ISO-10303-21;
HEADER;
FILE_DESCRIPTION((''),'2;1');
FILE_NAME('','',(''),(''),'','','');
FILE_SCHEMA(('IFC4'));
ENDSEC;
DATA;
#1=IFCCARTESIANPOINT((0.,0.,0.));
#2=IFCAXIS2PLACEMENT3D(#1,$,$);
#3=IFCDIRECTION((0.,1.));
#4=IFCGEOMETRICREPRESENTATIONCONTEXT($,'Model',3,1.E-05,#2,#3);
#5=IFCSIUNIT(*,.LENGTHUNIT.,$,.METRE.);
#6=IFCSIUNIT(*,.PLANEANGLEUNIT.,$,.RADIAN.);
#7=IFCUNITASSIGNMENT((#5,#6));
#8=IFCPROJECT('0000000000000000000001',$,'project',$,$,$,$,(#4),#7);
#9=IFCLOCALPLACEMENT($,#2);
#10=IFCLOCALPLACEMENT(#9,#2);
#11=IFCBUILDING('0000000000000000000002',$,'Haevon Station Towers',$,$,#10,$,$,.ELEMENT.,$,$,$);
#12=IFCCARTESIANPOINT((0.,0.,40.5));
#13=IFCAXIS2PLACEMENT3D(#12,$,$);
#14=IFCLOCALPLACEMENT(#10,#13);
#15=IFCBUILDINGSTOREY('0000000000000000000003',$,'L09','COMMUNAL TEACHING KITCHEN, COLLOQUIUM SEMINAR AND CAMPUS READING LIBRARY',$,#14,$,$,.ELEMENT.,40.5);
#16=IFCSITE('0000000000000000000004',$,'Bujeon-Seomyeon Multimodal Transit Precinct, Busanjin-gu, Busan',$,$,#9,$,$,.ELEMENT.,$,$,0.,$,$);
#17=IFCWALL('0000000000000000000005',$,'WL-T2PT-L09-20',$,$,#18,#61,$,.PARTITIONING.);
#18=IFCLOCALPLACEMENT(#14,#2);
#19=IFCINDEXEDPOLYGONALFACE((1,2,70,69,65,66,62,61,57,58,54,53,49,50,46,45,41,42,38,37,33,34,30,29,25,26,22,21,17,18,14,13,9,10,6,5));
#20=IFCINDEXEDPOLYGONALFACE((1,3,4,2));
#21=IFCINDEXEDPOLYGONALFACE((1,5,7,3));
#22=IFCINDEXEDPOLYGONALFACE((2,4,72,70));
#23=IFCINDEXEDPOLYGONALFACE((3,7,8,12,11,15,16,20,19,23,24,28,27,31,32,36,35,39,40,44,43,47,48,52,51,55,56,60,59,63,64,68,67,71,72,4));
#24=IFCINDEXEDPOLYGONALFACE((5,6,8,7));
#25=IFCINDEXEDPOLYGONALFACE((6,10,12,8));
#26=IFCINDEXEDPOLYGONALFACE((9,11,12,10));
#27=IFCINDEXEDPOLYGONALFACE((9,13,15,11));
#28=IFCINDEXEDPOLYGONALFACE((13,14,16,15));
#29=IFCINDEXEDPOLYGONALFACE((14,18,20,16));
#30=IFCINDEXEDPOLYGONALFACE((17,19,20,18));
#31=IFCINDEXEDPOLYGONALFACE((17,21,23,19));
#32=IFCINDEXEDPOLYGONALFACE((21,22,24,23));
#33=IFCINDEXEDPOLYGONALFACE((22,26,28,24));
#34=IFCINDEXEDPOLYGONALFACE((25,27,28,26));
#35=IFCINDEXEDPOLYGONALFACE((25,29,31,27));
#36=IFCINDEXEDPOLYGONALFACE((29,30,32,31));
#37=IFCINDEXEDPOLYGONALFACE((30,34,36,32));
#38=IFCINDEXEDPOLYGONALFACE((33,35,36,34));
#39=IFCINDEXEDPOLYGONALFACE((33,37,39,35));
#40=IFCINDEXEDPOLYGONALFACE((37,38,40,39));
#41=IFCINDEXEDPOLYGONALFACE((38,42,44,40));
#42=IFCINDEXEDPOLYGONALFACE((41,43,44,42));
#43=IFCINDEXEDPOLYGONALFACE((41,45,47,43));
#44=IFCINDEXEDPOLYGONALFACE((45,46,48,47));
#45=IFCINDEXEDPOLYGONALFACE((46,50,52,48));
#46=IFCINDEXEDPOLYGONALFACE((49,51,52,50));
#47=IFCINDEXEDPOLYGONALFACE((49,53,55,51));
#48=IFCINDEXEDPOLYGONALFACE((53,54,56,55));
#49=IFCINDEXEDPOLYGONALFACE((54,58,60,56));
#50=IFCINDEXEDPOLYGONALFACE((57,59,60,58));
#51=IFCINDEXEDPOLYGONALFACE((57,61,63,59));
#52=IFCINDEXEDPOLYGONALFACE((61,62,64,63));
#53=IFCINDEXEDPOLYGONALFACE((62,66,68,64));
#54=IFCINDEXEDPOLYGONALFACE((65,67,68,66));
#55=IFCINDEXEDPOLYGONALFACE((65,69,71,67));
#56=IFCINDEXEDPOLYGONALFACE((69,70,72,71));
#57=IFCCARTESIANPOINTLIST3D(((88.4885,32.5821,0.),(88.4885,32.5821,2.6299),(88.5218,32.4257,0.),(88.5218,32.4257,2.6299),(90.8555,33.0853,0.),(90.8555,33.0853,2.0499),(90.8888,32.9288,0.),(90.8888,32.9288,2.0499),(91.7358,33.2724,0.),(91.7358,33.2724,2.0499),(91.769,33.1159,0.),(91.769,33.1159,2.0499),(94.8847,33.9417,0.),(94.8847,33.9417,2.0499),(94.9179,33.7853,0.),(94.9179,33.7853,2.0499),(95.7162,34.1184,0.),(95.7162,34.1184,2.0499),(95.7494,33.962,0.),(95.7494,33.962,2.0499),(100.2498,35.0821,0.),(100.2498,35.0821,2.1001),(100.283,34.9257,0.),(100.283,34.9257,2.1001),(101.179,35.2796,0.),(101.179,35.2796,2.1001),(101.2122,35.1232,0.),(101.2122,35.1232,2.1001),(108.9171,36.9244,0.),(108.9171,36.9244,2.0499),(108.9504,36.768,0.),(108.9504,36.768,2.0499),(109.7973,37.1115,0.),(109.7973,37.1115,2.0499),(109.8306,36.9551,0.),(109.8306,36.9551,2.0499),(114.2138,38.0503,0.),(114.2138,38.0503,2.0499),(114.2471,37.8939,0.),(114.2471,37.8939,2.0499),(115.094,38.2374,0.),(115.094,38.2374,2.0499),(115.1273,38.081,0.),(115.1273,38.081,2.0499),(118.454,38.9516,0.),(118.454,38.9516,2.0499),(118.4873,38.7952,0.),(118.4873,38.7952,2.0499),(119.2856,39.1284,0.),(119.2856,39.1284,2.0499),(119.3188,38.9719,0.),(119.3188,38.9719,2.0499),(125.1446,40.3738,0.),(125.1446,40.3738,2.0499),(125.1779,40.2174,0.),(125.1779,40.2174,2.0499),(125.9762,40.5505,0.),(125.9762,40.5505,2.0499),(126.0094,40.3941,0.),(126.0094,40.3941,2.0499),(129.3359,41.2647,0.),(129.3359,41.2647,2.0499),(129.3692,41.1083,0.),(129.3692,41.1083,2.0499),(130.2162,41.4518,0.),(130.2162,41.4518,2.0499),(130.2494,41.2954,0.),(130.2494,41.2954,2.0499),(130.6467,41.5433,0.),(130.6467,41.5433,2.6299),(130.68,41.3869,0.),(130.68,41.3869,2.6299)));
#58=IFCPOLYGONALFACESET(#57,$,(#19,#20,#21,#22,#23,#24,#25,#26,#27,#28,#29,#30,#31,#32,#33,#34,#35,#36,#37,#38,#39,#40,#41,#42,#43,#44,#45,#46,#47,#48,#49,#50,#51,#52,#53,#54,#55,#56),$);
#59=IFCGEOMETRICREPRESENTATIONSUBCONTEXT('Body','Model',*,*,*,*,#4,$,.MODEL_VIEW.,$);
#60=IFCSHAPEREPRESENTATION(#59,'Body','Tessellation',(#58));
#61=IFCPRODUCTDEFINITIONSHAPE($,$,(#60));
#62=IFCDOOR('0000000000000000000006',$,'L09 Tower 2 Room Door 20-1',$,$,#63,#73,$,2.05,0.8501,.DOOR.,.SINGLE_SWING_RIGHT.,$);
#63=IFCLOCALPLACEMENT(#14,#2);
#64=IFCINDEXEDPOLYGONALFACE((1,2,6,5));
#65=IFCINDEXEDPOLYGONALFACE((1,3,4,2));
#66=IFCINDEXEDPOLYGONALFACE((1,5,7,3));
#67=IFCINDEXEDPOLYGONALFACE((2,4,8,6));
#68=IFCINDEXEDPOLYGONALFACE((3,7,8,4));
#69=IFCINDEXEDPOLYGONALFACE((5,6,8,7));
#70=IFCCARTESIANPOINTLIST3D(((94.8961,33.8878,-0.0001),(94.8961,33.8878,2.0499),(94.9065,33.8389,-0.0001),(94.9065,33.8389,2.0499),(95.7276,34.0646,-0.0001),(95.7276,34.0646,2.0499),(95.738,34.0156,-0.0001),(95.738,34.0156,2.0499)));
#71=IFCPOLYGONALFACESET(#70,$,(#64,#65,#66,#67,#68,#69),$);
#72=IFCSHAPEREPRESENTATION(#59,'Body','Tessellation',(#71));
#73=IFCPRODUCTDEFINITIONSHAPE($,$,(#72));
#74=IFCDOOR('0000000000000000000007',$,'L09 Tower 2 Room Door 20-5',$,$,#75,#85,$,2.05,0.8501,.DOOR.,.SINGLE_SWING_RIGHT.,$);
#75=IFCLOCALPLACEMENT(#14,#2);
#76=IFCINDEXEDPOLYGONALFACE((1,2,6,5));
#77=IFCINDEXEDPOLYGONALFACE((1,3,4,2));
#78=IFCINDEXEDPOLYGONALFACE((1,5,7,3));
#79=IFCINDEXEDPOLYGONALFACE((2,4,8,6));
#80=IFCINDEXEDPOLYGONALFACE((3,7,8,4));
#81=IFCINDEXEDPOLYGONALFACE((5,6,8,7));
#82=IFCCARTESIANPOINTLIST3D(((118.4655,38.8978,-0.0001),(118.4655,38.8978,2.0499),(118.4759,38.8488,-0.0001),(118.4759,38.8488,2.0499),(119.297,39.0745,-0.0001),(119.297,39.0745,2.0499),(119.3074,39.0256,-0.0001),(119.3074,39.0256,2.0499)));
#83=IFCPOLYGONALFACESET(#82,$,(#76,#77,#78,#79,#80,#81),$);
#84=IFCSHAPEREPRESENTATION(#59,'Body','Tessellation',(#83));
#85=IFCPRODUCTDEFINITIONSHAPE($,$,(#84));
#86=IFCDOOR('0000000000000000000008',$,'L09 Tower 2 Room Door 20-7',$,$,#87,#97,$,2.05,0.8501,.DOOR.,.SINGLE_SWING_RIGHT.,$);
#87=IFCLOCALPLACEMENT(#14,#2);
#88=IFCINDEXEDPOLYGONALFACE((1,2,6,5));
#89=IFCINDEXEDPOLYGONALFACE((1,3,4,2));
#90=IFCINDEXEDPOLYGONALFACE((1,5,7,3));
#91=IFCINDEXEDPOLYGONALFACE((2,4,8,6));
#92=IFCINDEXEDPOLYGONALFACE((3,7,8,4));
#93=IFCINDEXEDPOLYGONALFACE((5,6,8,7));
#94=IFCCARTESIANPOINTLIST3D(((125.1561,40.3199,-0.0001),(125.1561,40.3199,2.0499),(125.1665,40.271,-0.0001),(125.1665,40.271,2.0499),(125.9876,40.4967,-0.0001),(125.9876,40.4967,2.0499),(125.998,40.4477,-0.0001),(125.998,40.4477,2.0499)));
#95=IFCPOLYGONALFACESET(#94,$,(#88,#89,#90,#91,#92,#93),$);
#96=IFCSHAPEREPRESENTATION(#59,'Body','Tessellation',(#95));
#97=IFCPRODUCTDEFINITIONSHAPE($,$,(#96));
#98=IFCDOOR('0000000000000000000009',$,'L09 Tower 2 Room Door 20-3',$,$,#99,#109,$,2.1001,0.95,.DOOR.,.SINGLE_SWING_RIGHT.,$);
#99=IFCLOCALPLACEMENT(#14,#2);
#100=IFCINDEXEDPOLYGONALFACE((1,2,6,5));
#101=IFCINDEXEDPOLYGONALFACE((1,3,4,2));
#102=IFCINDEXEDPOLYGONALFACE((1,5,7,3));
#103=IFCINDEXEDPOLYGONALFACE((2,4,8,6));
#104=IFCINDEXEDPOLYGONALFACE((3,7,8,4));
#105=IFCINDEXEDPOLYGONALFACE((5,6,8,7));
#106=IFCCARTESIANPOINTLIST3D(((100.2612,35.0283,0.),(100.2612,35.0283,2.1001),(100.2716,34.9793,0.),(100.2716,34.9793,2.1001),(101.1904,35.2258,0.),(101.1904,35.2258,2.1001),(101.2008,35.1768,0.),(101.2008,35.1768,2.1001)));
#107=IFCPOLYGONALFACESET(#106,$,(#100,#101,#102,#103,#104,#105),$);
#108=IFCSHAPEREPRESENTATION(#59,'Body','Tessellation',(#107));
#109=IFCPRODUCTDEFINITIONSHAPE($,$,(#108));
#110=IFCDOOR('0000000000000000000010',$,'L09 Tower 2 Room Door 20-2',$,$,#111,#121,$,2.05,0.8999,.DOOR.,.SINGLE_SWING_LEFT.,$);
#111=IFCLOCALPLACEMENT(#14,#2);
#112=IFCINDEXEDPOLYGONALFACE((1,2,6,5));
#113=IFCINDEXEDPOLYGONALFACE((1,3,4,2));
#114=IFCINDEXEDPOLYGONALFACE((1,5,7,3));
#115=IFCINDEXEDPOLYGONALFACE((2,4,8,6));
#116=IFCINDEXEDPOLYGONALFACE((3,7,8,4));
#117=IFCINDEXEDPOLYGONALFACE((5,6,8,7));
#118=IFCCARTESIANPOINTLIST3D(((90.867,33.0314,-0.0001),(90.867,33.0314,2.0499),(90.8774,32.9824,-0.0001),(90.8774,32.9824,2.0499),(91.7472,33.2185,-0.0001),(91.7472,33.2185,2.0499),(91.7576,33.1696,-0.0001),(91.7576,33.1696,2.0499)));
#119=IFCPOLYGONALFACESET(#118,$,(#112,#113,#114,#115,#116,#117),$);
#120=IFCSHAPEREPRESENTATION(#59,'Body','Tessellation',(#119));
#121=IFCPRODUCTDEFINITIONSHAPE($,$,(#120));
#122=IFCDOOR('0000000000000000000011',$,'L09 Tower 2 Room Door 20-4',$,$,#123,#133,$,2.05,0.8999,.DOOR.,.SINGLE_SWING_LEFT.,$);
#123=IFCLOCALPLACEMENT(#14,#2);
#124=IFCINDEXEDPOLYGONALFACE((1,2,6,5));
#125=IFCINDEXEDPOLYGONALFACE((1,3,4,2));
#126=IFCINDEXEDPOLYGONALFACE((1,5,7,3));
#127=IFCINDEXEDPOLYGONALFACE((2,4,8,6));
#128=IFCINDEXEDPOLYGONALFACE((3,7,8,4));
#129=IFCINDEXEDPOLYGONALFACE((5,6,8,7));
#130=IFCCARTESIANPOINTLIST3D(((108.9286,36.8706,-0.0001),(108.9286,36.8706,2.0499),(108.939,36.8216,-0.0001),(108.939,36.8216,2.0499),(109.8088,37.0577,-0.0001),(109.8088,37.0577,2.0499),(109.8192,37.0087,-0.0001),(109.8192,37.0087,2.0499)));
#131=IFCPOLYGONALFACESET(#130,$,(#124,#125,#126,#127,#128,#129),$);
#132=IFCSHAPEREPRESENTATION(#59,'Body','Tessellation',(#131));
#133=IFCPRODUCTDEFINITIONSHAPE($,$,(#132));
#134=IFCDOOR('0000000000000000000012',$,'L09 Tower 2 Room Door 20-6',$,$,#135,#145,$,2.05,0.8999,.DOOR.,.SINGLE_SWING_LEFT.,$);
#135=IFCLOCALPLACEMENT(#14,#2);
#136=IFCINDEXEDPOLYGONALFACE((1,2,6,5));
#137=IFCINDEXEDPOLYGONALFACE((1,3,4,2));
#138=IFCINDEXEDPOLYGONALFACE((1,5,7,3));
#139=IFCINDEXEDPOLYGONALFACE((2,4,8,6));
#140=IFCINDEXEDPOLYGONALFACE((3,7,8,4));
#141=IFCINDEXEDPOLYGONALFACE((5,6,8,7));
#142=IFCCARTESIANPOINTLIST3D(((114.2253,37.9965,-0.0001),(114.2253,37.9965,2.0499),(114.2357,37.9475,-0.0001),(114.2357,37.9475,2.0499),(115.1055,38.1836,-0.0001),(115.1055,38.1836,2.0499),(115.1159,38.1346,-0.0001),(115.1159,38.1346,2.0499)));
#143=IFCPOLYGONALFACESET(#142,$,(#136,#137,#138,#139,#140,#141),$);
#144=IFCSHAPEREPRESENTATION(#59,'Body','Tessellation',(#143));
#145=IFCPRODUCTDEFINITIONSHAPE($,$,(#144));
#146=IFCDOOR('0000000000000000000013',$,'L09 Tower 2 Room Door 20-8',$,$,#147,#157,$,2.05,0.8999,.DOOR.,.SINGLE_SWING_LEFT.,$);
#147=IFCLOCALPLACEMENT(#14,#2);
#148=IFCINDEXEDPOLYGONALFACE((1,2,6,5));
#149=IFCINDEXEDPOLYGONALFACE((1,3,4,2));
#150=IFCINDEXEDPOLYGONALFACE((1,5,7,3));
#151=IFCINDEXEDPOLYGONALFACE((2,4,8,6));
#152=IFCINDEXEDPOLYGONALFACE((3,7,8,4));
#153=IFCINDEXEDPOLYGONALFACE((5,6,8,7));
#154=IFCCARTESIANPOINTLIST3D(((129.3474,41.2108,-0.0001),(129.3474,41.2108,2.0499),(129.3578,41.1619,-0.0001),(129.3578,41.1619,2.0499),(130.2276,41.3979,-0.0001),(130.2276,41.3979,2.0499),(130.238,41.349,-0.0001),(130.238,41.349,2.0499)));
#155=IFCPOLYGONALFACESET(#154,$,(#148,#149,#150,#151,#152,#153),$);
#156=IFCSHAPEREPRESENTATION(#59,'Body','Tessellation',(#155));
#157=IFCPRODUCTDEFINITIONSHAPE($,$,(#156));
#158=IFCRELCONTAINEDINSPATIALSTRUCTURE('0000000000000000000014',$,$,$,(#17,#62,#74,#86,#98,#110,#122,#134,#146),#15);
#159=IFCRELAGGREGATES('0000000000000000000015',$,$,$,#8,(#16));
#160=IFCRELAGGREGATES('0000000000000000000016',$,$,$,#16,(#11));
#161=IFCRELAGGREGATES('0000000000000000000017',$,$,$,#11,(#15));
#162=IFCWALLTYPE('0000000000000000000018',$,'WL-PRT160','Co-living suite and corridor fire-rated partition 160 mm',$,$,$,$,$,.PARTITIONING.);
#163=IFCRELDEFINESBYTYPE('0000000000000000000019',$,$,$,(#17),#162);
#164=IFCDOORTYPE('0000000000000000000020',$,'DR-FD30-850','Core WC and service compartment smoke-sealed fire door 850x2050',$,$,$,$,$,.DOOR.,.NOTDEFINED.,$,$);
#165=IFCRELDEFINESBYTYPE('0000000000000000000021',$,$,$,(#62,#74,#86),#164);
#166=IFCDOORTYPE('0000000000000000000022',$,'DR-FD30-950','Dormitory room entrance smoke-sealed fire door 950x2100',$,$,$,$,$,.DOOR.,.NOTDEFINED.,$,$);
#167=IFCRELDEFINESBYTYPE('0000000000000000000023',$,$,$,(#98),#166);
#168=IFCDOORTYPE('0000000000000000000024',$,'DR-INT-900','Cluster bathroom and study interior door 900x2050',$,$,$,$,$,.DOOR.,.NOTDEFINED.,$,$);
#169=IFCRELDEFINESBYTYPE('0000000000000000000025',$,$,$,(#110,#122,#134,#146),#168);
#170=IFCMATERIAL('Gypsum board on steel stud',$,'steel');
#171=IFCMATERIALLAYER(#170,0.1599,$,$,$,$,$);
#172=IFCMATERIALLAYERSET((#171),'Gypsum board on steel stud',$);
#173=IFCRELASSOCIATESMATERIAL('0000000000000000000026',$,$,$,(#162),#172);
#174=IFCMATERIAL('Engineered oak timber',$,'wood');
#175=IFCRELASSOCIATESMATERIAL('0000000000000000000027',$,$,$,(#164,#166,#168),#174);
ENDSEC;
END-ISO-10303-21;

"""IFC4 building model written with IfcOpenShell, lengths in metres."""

from ifc_helpers import new_model, si_unit, direction, frame, frame_2d, origin, place, context, subcontext, project, spatial, rectangle, extrude, material, layer, layer_set, type_object, element, fill, save


model = new_model("IFC4")

# Units and contexts
model_context = context("Model", 3, precision=1e-05, world=origin(), true_north=direction((0.0, 1.0)))
body_context = subcontext(model_context, "Body", "Model", "MODEL_VIEW")
ifc_project = project(units=[si_unit("LENGTHUNIT", "METRE"), si_unit("PLANEANGLEUNIT", "RADIAN")], contexts=[model_context])

# Site, building, storey
site_placement = place(None, origin())
site = spatial("IfcSite", under=ifc_project, at=site_placement, Name="Bujeon-Seomyeon Multimodal Transit Precinct, Busanjin-gu, Busan", CompositionType="ELEMENT", RefElevation=0.0)
building_placement = place(site_placement, origin())
building = spatial("IfcBuilding", under=site, at=building_placement, Name="Haevon Station Towers", CompositionType="ELEMENT")
storey_placement = place(building_placement, frame((0.0, 0.0, 40.5)))
storey = spatial("IfcBuildingStorey", under=building, at=storey_placement, Name="L09", Description="COMMUNAL TEACHING KITCHEN, COLLOQUIUM SEMINAR AND CAMPUS READING LIBRARY", CompositionType="ELEMENT", Elevation=40.5)

# Shared definitions
ifc_material_1 = material(Name="Gypsum board on steel stud", Category="steel")
ifc_layer_1 = layer(ifc_material_1, 0.1599)
ifc_layer_set_1 = layer_set([ifc_layer_1], Name="Gypsum board on steel stud")
wall_type_1 = type_object("IfcWallType", Name="WL-PRT160", Description="Co-living suite and corridor fire-rated partition 160 mm", PredefinedType="PARTITIONING", material=ifc_layer_set_1)

# Wall, openings, doors
wall_1_placement = place(storey_placement, frame((88.5051, 32.5039, 0.0), z_axis=(0.0, 0.0, 1.0), x_axis=(0.978147, 0.207916, 0.0)))
wall_1 = element("IfcWall", 1, at=wall_1_placement, inside=storey, type_object=wall_type_1, Name="WL-T2PT-L09-20", PredefinedType="PARTITIONING", context=body_context, shape_type="SweptSolid", body=[
    extrude(rectangle(XDim=43.1001, YDim=0.1599, at=frame_2d((21.55, 0.0))), origin(), (0.0, 0.0, 1.0), 2.6299),
])
opening_1_placement = place(wall_1_placement, frame((6.5391, 0.0, 0.0)))
opening_1 = element("IfcOpeningElement", 2, at=opening_1_placement, cuts=wall_1, PredefinedType="OPENING", context=body_context, shape_type="SweptSolid", body=[
    extrude(rectangle(XDim=0.8501, YDim=2.05, at=frame_2d((0.425, 1.0249))), frame((0.0, 0.0898, 0.0), z_axis=(0.0, -1.0, 0.0), x_axis=(1.0, 0.0, 0.0)), (0.0, 0.0, 1.0), 0.1799),
])
opening_2_placement = place(wall_1_placement, frame((2.4199, 0.0, 0.0)))
opening_2 = element("IfcOpeningElement", 3, at=opening_2_placement, cuts=wall_1, PredefinedType="OPENING", context=body_context, shape_type="SweptSolid", body=[
    extrude(rectangle(XDim=0.8999, YDim=2.05, at=frame_2d((0.45, 1.0249))), frame((0.0, 0.0898, 0.0), z_axis=(0.0, -1.0, 0.0), x_axis=(1.0, 0.0, 0.0)), (0.0, 0.0, 1.0), 0.1799),
])
opening_3_placement = place(wall_1_placement, frame((12.0239, 0.0, 0.0)))
opening_3 = element("IfcOpeningElement", 4, at=opening_3_placement, cuts=wall_1, PredefinedType="OPENING", context=body_context, shape_type="SweptSolid", body=[
    extrude(rectangle(XDim=0.95, YDim=2.1001, at=frame_2d((0.4751, 1.05))), frame((0.0, 0.0898, 0.0), z_axis=(0.0, -1.0, 0.0), x_axis=(1.0, 0.0, 0.0)), (0.0, 0.0, 1.0), 0.1799),
])
opening_4_placement = place(wall_1_placement, frame((20.885, 0.0, 0.0)))
opening_4 = element("IfcOpeningElement", 5, at=opening_4_placement, cuts=wall_1, PredefinedType="OPENING", context=body_context, shape_type="SweptSolid", body=[
    extrude(rectangle(XDim=0.8999, YDim=2.05, at=frame_2d((0.45, 1.0249))), frame((0.0, 0.0898, 0.0), z_axis=(0.0, -1.0, 0.0), x_axis=(1.0, 0.0, 0.0)), (0.0, 0.0, 1.0), 0.1799),
])
opening_5_placement = place(wall_1_placement, frame((30.635, 0.0, 0.0)))
opening_5 = element("IfcOpeningElement", 6, at=opening_5_placement, cuts=wall_1, PredefinedType="OPENING", context=body_context, shape_type="SweptSolid", body=[
    extrude(rectangle(XDim=0.8501, YDim=2.05, at=frame_2d((0.425, 1.0249))), frame((0.0, 0.0898, 0.0), z_axis=(0.0, -1.0, 0.0), x_axis=(1.0, 0.0, 0.0)), (0.0, 0.0, 1.0), 0.1799),
])
opening_6_placement = place(wall_1_placement, frame((26.3, 0.0, 0.0)))
opening_6 = element("IfcOpeningElement", 7, at=opening_6_placement, cuts=wall_1, PredefinedType="OPENING", context=body_context, shape_type="SweptSolid", body=[
    extrude(rectangle(XDim=0.8999, YDim=2.05, at=frame_2d((0.45, 1.0249))), frame((0.0, 0.0898, 0.0), z_axis=(0.0, -1.0, 0.0), x_axis=(1.0, 0.0, 0.0)), (0.0, 0.0, 1.0), 0.1799),
])
opening_7_placement = place(wall_1_placement, frame((37.4751, 0.0, 0.0)))
opening_7 = element("IfcOpeningElement", 8, at=opening_7_placement, cuts=wall_1, PredefinedType="OPENING", context=body_context, shape_type="SweptSolid", body=[
    extrude(rectangle(XDim=0.8501, YDim=2.05, at=frame_2d((0.425, 1.0249))), frame((0.0, 0.0898, 0.0), z_axis=(0.0, -1.0, 0.0), x_axis=(1.0, 0.0, 0.0)), (0.0, 0.0, 1.0), 0.1799),
])
opening_8_placement = place(wall_1_placement, frame((41.76, 0.0, 0.0)))
opening_8 = element("IfcOpeningElement", 9, at=opening_8_placement, cuts=wall_1, PredefinedType="OPENING", context=body_context, shape_type="SweptSolid", body=[
    extrude(rectangle(XDim=0.8999, YDim=2.05, at=frame_2d((0.45, 1.0249))), frame((0.0, 0.0898, 0.0), z_axis=(0.0, -1.0, 0.0), x_axis=(1.0, 0.0, 0.0)), (0.0, 0.0, 1.0), 0.1799),
])
ifc_material_2 = material(Name="Engineered oak timber", Category="wood")
door_type_1 = type_object("IfcDoorType", Name="DR-FD30-850", Description="Core WC and service compartment smoke-sealed fire door 850x2050", OperationType="NOTDEFINED", PredefinedType="DOOR", material=ifc_material_2)
door_1_placement = place(opening_1_placement, origin())
door_1 = element("IfcDoor", 10, at=door_1_placement, inside=storey, type_object=door_type_1, Name="L09 Tower 2 Room Door 20-1", OperationType="SINGLE_SWING_RIGHT", OverallHeight=2.05, OverallWidth=0.8501, PredefinedType="DOOR", context=body_context, shape_type="SweptSolid", body=[
    extrude(rectangle(XDim=0.8501, YDim=2.05, at=frame_2d((0.425, 1.0249))), frame((0.0, 0.0249, 0.0), z_axis=(0.0, -1.0, 0.0), x_axis=(1.0, 0.0, 0.0)), (0.0, 0.0, 1.0), 0.05),
])
fill(opening_1, door_1)
door_2_placement = place(opening_5_placement, origin())
door_2 = element("IfcDoor", 11, at=door_2_placement, inside=storey, type_object=door_type_1, Name="L09 Tower 2 Room Door 20-5", OperationType="SINGLE_SWING_RIGHT", OverallHeight=2.05, OverallWidth=0.8501, PredefinedType="DOOR", context=body_context, shape_type="SweptSolid", body=[
    extrude(rectangle(XDim=0.8501, YDim=2.05, at=frame_2d((0.425, 1.0249))), frame((0.0, 0.0249, 0.0), z_axis=(0.0, -1.0, 0.0), x_axis=(1.0, 0.0, 0.0)), (0.0, 0.0, 1.0), 0.05),
])
fill(opening_5, door_2)
door_3_placement = place(opening_7_placement, origin())
door_3 = element("IfcDoor", 12, at=door_3_placement, inside=storey, type_object=door_type_1, Name="L09 Tower 2 Room Door 20-7", OperationType="SINGLE_SWING_RIGHT", OverallHeight=2.05, OverallWidth=0.8501, PredefinedType="DOOR", context=body_context, shape_type="SweptSolid", body=[
    extrude(rectangle(XDim=0.8501, YDim=2.05, at=frame_2d((0.425, 1.0249))), frame((0.0, 0.0249, 0.0), z_axis=(0.0, -1.0, 0.0), x_axis=(1.0, 0.0, 0.0)), (0.0, 0.0, 1.0), 0.05),
])
fill(opening_7, door_3)
door_type_2 = type_object("IfcDoorType", Name="DR-FD30-950", Description="Dormitory room entrance smoke-sealed fire door 950x2100", OperationType="NOTDEFINED", PredefinedType="DOOR", material=ifc_material_2)
door_4_placement = place(opening_3_placement, origin())
door_4 = element("IfcDoor", 13, at=door_4_placement, inside=storey, type_object=door_type_2, Name="L09 Tower 2 Room Door 20-3", OperationType="SINGLE_SWING_RIGHT", OverallHeight=2.1001, OverallWidth=0.95, PredefinedType="DOOR", context=body_context, shape_type="SweptSolid", body=[
    extrude(rectangle(XDim=0.95, YDim=2.1001, at=frame_2d((0.4751, 1.05))), frame((0.0, 0.0249, 0.0), z_axis=(0.0, -1.0, 0.0), x_axis=(1.0, 0.0, 0.0)), (0.0, 0.0, 1.0), 0.05),
])
fill(opening_3, door_4)
door_type_3 = type_object("IfcDoorType", Name="DR-INT-900", Description="Cluster bathroom and study interior door 900x2050", OperationType="NOTDEFINED", PredefinedType="DOOR", material=ifc_material_2)
door_5_placement = place(opening_2_placement, origin())
door_5 = element("IfcDoor", 14, at=door_5_placement, inside=storey, type_object=door_type_3, Name="L09 Tower 2 Room Door 20-2", OperationType="SINGLE_SWING_LEFT", OverallHeight=2.05, OverallWidth=0.8999, PredefinedType="DOOR", context=body_context, shape_type="SweptSolid", body=[
    extrude(rectangle(XDim=0.8999, YDim=2.05, at=frame_2d((0.45, 1.0249))), frame((0.0, 0.0249, 0.0), z_axis=(0.0, -1.0, 0.0), x_axis=(1.0, 0.0, 0.0)), (0.0, 0.0, 1.0), 0.05),
])
fill(opening_2, door_5)
door_6_placement = place(opening_4_placement, origin())
door_6 = element("IfcDoor", 15, at=door_6_placement, inside=storey, type_object=door_type_3, Name="L09 Tower 2 Room Door 20-4", OperationType="SINGLE_SWING_LEFT", OverallHeight=2.05, OverallWidth=0.8999, PredefinedType="DOOR", context=body_context, shape_type="SweptSolid", body=[
    extrude(rectangle(XDim=0.8999, YDim=2.05, at=frame_2d((0.45, 1.0249))), frame((0.0, 0.0249, 0.0), z_axis=(0.0, -1.0, 0.0), x_axis=(1.0, 0.0, 0.0)), (0.0, 0.0, 1.0), 0.05),
])
fill(opening_4, door_6)
door_7_placement = place(opening_6_placement, origin())
door_7 = element("IfcDoor", 16, at=door_7_placement, inside=storey, type_object=door_type_3, Name="L09 Tower 2 Room Door 20-6", OperationType="SINGLE_SWING_LEFT", OverallHeight=2.05, OverallWidth=0.8999, PredefinedType="DOOR", context=body_context, shape_type="SweptSolid", body=[
    extrude(rectangle(XDim=0.8999, YDim=2.05, at=frame_2d((0.45, 1.0249))), frame((0.0, 0.0249, 0.0), z_axis=(0.0, -1.0, 0.0), x_axis=(1.0, 0.0, 0.0)), (0.0, 0.0, 1.0), 0.05),
])
fill(opening_6, door_7)
door_8_placement = place(opening_8_placement, origin())
door_8 = element("IfcDoor", 17, at=door_8_placement, inside=storey, type_object=door_type_3, Name="L09 Tower 2 Room Door 20-8", OperationType="SINGLE_SWING_LEFT", OverallHeight=2.05, OverallWidth=0.8999, PredefinedType="DOOR", context=body_context, shape_type="SweptSolid", body=[
    extrude(rectangle(XDim=0.8999, YDim=2.05, at=frame_2d((0.45, 1.0249))), frame((0.0, 0.0249, 0.0), z_axis=(0.0, -1.0, 0.0), x_axis=(1.0, 0.0, 0.0)), (0.0, 0.0, 1.0), 0.05),
])
fill(opening_8, door_8)

save(model, "model.ifc")
